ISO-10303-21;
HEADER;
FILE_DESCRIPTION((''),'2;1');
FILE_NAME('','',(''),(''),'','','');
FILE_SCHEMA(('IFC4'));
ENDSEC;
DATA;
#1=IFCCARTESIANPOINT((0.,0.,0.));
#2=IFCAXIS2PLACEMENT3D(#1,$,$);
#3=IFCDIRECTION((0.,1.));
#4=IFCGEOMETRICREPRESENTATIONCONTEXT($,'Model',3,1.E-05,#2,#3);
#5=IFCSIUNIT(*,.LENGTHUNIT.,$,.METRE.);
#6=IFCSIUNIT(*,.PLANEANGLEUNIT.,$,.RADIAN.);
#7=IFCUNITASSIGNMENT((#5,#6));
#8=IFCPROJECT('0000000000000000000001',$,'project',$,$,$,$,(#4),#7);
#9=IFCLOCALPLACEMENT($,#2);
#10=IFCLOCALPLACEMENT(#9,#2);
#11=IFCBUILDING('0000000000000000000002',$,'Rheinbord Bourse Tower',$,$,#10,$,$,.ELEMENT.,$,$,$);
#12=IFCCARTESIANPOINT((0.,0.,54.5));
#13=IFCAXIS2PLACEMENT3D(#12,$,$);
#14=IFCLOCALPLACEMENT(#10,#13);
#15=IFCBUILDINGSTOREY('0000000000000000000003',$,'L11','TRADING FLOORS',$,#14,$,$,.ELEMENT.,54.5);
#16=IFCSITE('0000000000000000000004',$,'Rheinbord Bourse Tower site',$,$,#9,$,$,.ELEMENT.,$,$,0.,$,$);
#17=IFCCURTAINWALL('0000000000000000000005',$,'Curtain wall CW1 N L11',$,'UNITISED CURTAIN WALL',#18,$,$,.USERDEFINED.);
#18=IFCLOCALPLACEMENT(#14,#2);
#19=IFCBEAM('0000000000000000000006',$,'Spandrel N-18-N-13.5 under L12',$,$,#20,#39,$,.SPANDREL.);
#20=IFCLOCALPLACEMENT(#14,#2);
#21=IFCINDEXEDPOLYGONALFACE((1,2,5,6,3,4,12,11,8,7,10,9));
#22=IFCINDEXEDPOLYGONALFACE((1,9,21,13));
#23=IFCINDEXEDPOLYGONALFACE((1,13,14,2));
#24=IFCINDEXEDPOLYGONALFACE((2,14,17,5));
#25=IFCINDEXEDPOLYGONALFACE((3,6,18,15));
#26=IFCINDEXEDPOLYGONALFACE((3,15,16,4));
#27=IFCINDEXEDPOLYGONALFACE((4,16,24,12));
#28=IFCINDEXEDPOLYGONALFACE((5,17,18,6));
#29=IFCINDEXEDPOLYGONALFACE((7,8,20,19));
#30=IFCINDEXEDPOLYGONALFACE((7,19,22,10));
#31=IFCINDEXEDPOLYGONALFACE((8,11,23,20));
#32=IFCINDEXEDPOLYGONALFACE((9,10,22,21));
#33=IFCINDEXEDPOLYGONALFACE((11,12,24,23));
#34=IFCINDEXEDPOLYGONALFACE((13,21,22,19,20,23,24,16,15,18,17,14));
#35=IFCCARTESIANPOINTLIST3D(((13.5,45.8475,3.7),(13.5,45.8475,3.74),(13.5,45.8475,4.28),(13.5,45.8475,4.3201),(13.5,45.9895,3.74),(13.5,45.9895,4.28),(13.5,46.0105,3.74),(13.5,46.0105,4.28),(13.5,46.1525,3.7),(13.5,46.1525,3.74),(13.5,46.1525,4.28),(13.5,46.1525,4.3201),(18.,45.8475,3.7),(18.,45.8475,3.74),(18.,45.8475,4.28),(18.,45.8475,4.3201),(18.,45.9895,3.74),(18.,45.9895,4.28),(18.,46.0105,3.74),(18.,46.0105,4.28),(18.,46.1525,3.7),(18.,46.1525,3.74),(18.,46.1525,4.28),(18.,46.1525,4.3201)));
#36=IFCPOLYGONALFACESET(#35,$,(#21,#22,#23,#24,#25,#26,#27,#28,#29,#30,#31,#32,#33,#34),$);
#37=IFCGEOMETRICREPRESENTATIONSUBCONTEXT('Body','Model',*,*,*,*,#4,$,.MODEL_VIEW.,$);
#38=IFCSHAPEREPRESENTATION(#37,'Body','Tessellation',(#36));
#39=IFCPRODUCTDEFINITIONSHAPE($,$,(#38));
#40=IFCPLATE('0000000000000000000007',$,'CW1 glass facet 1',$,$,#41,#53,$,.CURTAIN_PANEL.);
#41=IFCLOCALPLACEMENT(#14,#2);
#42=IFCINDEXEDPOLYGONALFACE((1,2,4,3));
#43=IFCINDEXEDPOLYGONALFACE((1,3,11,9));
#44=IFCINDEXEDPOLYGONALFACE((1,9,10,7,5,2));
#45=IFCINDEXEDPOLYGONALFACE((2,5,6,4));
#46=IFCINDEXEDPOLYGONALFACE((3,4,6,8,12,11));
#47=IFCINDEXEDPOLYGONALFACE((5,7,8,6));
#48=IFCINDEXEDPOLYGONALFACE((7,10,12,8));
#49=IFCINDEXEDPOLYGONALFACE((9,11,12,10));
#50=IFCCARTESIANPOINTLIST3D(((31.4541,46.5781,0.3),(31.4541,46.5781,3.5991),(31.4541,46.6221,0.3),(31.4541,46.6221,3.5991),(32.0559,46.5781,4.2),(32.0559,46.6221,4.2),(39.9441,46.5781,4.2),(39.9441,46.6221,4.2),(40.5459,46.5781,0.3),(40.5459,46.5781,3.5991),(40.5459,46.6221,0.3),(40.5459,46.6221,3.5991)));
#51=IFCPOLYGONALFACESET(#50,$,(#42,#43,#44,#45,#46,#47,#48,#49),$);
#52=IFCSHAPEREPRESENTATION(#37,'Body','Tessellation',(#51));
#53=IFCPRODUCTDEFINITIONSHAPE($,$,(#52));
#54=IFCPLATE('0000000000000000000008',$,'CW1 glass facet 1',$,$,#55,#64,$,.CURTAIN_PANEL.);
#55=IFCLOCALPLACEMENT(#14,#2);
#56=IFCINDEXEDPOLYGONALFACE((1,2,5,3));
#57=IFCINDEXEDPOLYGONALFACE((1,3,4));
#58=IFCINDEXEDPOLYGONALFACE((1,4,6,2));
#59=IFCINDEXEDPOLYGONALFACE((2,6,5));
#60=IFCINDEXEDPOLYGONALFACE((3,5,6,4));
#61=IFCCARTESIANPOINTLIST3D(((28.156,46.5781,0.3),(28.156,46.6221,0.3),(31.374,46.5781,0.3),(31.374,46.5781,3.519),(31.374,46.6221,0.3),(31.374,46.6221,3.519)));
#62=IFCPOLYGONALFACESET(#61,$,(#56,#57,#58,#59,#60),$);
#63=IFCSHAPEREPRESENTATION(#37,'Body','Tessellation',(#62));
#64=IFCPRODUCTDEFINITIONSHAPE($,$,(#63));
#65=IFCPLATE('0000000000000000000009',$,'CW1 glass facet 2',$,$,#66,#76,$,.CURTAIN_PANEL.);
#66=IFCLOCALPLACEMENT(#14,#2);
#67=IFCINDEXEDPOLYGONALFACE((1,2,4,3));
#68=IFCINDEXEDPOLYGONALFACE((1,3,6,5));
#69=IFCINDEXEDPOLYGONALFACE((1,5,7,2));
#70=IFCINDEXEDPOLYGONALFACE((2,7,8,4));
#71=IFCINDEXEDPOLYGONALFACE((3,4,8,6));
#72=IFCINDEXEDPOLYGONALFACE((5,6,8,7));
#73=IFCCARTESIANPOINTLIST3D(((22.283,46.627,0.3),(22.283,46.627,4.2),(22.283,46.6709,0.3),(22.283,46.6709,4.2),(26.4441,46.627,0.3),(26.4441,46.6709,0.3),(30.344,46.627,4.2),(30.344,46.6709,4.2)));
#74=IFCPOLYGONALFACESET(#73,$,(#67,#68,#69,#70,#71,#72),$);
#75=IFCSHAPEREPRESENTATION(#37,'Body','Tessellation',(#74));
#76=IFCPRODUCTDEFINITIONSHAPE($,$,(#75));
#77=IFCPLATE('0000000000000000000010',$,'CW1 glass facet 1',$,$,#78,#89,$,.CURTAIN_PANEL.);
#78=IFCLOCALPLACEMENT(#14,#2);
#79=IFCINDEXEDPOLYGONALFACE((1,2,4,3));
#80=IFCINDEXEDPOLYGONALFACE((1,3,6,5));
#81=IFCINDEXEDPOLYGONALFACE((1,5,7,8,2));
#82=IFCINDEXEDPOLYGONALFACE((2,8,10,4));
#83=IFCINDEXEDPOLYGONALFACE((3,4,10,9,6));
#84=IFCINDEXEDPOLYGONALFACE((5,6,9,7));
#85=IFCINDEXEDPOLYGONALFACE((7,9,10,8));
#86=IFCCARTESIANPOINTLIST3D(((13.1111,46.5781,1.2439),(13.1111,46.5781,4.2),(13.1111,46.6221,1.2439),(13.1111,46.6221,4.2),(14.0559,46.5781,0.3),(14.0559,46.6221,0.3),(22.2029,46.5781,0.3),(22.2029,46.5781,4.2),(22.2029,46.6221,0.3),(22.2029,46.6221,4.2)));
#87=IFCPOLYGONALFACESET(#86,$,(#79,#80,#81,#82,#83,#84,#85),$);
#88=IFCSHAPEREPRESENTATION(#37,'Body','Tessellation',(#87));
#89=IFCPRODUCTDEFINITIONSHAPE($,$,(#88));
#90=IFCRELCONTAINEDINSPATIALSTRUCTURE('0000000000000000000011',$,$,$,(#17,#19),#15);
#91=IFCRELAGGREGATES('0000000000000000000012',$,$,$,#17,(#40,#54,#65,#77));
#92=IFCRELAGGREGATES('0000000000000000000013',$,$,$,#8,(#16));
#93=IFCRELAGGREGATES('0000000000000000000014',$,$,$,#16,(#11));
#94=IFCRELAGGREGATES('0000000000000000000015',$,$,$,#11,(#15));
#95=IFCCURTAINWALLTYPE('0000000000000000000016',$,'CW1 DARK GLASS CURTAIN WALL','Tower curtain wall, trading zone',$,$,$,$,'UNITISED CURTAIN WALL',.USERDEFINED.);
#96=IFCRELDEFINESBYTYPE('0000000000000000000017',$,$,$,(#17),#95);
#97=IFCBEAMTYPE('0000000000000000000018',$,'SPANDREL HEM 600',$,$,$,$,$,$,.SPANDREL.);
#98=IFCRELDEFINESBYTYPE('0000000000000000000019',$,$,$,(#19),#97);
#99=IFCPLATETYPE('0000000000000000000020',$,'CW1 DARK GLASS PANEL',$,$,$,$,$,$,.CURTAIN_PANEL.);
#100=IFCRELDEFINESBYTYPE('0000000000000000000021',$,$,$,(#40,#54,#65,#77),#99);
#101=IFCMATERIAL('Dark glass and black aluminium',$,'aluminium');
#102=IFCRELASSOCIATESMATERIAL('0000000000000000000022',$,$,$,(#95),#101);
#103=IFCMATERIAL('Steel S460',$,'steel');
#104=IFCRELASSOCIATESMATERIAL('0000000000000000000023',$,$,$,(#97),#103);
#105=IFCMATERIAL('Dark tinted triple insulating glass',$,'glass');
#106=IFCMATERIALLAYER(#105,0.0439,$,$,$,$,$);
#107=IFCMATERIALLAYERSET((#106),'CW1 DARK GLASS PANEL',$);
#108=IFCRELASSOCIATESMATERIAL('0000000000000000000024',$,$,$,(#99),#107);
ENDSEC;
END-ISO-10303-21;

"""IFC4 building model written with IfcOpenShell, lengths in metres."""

from ifc_helpers import new_model, si_unit, direction, frame, origin, origin_2d, place, context, subcontext, project, spatial, polyline, i_section, outline, extrude, material, layer, layer_set, material_profile, profile_set, type_object, element, aggregate, save


model = new_model("IFC4")

# Units and contexts
model_context = context("Model", 3, precision=1e-05, world=origin(), true_north=direction((0.0, 1.0)))
body_context = subcontext(model_context, "Body", "Model", "MODEL_VIEW")
ifc_project = project(units=[si_unit("LENGTHUNIT", "METRE"), si_unit("PLANEANGLEUNIT", "RADIAN")], contexts=[model_context])

# Site, building, storey
site_placement = place(None, origin())
site = spatial("IfcSite", under=ifc_project, at=site_placement, Name="Rheinbord Bourse Tower site", CompositionType="ELEMENT", RefElevation=0.0)
building_placement = place(site_placement, origin())
building = spatial("IfcBuilding", under=site, at=building_placement, Name="Rheinbord Bourse Tower", CompositionType="ELEMENT")
storey_placement = place(building_placement, frame((0.0, 0.0, 54.5)))
storey = spatial("IfcBuildingStorey", under=building, at=storey_placement, Name="L11", Description="TRADING FLOORS", CompositionType="ELEMENT", Elevation=54.5)

# Curtain wall
ifc_material_1 = material(Name="Dark glass and black aluminium", Category="aluminium")
curtain_wall_type = type_object("IfcCurtainWallType", Name="CW1 DARK GLASS CURTAIN WALL", Description="Tower curtain wall, trading zone", ElementType="UNITISED CURTAIN WALL", PredefinedType="USERDEFINED", material=ifc_material_1)
curtain_wall_placement = place(storey_placement, origin())
curtain_wall = element("IfcCurtainWall", 1, at=curtain_wall_placement, inside=storey, type_object=curtain_wall_type, Name="Curtain wall CW1 N L11", ObjectType="UNITISED CURTAIN WALL", PredefinedType="USERDEFINED")

# Beam
ifc_material_2 = material(Name="Steel S460", Category="steel")
ifc_material_profile_1 = material_profile(ifc_material_2, i_section(OverallWidth=0.3049, OverallDepth=0.6201, WebThickness=0.021, FlangeThickness=0.04, at=origin_2d()), Name="HEM 600")
ifc_profile_set_1 = profile_set([ifc_material_profile_1], Name="Steel S460")
beam_type_1 = type_object("IfcBeamType", Name="SPANDREL HEM 600", PredefinedType="SPANDREL", material=ifc_profile_set_1)
for number, where, z_axis, x_axis, name in (
    (2, (18.0, 46.0, 4.01), (-1.0, 0.0, 0.0), (0.0, -1.0, 0.0), "Spandrel N-18-N-13.5 under L12"),
):
    element("IfcBeam", number, at=place(storey_placement, frame(where, z_axis=z_axis, x_axis=x_axis)), inside=storey, type_object=beam_type_1, Name=name, PredefinedType="SPANDREL", context=body_context, shape_type="SweptSolid", body=[
        extrude(i_section(OverallWidth=0.3049, OverallDepth=0.6201, WebThickness=0.021, FlangeThickness=0.04, at=origin_2d()), origin(), (0.0, 0.0, 1.0), 4.5),
    ])

# Plates
ifc_material_3 = material(Name="Dark tinted triple insulating glass", Category="glass")
ifc_layer = layer(ifc_material_3, 0.0439)
ifc_layer_set = layer_set([ifc_layer], Name="CW1 DARK GLASS PANEL")
plate_type = type_object("IfcPlateType", Name="CW1 DARK GLASS PANEL", PredefinedType="CURTAIN_PANEL", material=ifc_layer_set)
plate_1_placement = place(storey_placement, frame((31.4541, 46.6221, 0.3), z_axis=(0.0, -1.0, 0.0), x_axis=(1.0, 0.0, 0.0)))
plate_1 = element("IfcPlate", 3, at=plate_1_placement, type_object=plate_type, Name="CW1 glass facet 1", PredefinedType="CURTAIN_PANEL", context=body_context, shape_type="SweptSolid", body=[
    extrude(outline(polyline([(0.0, 0.0), (9.0918, 0.0), (9.0918, 3.2991), (8.49, 3.8999), (0.6018, 3.8999), (0.0, 3.2991), (0.0, 0.0)])), origin(), (0.0, 0.0, 1.0), 0.0439),
])
plate_2_placement = place(storey_placement, frame((31.374, 46.6221, 0.3), z_axis=(0.0, -1.0, 0.0), x_axis=(0.0, 0.0, 1.0)))
plate_2 = element("IfcPlate", 4, at=plate_2_placement, type_object=plate_type, Name="CW1 glass facet 1", PredefinedType="CURTAIN_PANEL", context=body_context, shape_type="SweptSolid", body=[
    extrude(outline(polyline([(0.0, 0.0), (3.219, 0.0), (0.0, 3.218), (0.0, 0.0)])), origin(), (0.0, 0.0, 1.0), 0.0439),
])
plate_3_placement = place(storey_placement, frame((22.283, 46.6709, 4.2), z_axis=(0.0, -1.0, 0.0), x_axis=(0.0, 0.0, -1.0)))
plate_3 = element("IfcPlate", 5, at=plate_3_placement, type_object=plate_type, Name="CW1 glass facet 2", PredefinedType="CURTAIN_PANEL", context=body_context, shape_type="SweptSolid", body=[
    extrude(outline(polyline([(0.0, 0.0), (3.8999, 0.0), (3.8999, 4.1611), (0.0, 8.061), (0.0, 0.0)])), origin(), (0.0, 0.0, 1.0), 0.0439),
])
plate_4_placement = place(storey_placement, frame((22.2029, 46.6221, 0.3), z_axis=(0.0, -1.0, 0.0), x_axis=(0.0, 0.0, 1.0)))
plate_4 = element("IfcPlate", 6, at=plate_4_placement, type_object=plate_type, Name="CW1 glass facet 1", PredefinedType="CURTAIN_PANEL", context=body_context, shape_type="SweptSolid", body=[
    extrude(outline(polyline([(0.0, 0.0), (3.8999, 0.0), (3.8999, 9.0918), (0.9438, 9.0918), (0.0, 8.147), (0.0, 0.0)])), origin(), (0.0, 0.0, 1.0), 0.0439),
])
aggregate(curtain_wall, [plate_1, plate_2, plate_3, plate_4])

save(model, "model.ifc")
